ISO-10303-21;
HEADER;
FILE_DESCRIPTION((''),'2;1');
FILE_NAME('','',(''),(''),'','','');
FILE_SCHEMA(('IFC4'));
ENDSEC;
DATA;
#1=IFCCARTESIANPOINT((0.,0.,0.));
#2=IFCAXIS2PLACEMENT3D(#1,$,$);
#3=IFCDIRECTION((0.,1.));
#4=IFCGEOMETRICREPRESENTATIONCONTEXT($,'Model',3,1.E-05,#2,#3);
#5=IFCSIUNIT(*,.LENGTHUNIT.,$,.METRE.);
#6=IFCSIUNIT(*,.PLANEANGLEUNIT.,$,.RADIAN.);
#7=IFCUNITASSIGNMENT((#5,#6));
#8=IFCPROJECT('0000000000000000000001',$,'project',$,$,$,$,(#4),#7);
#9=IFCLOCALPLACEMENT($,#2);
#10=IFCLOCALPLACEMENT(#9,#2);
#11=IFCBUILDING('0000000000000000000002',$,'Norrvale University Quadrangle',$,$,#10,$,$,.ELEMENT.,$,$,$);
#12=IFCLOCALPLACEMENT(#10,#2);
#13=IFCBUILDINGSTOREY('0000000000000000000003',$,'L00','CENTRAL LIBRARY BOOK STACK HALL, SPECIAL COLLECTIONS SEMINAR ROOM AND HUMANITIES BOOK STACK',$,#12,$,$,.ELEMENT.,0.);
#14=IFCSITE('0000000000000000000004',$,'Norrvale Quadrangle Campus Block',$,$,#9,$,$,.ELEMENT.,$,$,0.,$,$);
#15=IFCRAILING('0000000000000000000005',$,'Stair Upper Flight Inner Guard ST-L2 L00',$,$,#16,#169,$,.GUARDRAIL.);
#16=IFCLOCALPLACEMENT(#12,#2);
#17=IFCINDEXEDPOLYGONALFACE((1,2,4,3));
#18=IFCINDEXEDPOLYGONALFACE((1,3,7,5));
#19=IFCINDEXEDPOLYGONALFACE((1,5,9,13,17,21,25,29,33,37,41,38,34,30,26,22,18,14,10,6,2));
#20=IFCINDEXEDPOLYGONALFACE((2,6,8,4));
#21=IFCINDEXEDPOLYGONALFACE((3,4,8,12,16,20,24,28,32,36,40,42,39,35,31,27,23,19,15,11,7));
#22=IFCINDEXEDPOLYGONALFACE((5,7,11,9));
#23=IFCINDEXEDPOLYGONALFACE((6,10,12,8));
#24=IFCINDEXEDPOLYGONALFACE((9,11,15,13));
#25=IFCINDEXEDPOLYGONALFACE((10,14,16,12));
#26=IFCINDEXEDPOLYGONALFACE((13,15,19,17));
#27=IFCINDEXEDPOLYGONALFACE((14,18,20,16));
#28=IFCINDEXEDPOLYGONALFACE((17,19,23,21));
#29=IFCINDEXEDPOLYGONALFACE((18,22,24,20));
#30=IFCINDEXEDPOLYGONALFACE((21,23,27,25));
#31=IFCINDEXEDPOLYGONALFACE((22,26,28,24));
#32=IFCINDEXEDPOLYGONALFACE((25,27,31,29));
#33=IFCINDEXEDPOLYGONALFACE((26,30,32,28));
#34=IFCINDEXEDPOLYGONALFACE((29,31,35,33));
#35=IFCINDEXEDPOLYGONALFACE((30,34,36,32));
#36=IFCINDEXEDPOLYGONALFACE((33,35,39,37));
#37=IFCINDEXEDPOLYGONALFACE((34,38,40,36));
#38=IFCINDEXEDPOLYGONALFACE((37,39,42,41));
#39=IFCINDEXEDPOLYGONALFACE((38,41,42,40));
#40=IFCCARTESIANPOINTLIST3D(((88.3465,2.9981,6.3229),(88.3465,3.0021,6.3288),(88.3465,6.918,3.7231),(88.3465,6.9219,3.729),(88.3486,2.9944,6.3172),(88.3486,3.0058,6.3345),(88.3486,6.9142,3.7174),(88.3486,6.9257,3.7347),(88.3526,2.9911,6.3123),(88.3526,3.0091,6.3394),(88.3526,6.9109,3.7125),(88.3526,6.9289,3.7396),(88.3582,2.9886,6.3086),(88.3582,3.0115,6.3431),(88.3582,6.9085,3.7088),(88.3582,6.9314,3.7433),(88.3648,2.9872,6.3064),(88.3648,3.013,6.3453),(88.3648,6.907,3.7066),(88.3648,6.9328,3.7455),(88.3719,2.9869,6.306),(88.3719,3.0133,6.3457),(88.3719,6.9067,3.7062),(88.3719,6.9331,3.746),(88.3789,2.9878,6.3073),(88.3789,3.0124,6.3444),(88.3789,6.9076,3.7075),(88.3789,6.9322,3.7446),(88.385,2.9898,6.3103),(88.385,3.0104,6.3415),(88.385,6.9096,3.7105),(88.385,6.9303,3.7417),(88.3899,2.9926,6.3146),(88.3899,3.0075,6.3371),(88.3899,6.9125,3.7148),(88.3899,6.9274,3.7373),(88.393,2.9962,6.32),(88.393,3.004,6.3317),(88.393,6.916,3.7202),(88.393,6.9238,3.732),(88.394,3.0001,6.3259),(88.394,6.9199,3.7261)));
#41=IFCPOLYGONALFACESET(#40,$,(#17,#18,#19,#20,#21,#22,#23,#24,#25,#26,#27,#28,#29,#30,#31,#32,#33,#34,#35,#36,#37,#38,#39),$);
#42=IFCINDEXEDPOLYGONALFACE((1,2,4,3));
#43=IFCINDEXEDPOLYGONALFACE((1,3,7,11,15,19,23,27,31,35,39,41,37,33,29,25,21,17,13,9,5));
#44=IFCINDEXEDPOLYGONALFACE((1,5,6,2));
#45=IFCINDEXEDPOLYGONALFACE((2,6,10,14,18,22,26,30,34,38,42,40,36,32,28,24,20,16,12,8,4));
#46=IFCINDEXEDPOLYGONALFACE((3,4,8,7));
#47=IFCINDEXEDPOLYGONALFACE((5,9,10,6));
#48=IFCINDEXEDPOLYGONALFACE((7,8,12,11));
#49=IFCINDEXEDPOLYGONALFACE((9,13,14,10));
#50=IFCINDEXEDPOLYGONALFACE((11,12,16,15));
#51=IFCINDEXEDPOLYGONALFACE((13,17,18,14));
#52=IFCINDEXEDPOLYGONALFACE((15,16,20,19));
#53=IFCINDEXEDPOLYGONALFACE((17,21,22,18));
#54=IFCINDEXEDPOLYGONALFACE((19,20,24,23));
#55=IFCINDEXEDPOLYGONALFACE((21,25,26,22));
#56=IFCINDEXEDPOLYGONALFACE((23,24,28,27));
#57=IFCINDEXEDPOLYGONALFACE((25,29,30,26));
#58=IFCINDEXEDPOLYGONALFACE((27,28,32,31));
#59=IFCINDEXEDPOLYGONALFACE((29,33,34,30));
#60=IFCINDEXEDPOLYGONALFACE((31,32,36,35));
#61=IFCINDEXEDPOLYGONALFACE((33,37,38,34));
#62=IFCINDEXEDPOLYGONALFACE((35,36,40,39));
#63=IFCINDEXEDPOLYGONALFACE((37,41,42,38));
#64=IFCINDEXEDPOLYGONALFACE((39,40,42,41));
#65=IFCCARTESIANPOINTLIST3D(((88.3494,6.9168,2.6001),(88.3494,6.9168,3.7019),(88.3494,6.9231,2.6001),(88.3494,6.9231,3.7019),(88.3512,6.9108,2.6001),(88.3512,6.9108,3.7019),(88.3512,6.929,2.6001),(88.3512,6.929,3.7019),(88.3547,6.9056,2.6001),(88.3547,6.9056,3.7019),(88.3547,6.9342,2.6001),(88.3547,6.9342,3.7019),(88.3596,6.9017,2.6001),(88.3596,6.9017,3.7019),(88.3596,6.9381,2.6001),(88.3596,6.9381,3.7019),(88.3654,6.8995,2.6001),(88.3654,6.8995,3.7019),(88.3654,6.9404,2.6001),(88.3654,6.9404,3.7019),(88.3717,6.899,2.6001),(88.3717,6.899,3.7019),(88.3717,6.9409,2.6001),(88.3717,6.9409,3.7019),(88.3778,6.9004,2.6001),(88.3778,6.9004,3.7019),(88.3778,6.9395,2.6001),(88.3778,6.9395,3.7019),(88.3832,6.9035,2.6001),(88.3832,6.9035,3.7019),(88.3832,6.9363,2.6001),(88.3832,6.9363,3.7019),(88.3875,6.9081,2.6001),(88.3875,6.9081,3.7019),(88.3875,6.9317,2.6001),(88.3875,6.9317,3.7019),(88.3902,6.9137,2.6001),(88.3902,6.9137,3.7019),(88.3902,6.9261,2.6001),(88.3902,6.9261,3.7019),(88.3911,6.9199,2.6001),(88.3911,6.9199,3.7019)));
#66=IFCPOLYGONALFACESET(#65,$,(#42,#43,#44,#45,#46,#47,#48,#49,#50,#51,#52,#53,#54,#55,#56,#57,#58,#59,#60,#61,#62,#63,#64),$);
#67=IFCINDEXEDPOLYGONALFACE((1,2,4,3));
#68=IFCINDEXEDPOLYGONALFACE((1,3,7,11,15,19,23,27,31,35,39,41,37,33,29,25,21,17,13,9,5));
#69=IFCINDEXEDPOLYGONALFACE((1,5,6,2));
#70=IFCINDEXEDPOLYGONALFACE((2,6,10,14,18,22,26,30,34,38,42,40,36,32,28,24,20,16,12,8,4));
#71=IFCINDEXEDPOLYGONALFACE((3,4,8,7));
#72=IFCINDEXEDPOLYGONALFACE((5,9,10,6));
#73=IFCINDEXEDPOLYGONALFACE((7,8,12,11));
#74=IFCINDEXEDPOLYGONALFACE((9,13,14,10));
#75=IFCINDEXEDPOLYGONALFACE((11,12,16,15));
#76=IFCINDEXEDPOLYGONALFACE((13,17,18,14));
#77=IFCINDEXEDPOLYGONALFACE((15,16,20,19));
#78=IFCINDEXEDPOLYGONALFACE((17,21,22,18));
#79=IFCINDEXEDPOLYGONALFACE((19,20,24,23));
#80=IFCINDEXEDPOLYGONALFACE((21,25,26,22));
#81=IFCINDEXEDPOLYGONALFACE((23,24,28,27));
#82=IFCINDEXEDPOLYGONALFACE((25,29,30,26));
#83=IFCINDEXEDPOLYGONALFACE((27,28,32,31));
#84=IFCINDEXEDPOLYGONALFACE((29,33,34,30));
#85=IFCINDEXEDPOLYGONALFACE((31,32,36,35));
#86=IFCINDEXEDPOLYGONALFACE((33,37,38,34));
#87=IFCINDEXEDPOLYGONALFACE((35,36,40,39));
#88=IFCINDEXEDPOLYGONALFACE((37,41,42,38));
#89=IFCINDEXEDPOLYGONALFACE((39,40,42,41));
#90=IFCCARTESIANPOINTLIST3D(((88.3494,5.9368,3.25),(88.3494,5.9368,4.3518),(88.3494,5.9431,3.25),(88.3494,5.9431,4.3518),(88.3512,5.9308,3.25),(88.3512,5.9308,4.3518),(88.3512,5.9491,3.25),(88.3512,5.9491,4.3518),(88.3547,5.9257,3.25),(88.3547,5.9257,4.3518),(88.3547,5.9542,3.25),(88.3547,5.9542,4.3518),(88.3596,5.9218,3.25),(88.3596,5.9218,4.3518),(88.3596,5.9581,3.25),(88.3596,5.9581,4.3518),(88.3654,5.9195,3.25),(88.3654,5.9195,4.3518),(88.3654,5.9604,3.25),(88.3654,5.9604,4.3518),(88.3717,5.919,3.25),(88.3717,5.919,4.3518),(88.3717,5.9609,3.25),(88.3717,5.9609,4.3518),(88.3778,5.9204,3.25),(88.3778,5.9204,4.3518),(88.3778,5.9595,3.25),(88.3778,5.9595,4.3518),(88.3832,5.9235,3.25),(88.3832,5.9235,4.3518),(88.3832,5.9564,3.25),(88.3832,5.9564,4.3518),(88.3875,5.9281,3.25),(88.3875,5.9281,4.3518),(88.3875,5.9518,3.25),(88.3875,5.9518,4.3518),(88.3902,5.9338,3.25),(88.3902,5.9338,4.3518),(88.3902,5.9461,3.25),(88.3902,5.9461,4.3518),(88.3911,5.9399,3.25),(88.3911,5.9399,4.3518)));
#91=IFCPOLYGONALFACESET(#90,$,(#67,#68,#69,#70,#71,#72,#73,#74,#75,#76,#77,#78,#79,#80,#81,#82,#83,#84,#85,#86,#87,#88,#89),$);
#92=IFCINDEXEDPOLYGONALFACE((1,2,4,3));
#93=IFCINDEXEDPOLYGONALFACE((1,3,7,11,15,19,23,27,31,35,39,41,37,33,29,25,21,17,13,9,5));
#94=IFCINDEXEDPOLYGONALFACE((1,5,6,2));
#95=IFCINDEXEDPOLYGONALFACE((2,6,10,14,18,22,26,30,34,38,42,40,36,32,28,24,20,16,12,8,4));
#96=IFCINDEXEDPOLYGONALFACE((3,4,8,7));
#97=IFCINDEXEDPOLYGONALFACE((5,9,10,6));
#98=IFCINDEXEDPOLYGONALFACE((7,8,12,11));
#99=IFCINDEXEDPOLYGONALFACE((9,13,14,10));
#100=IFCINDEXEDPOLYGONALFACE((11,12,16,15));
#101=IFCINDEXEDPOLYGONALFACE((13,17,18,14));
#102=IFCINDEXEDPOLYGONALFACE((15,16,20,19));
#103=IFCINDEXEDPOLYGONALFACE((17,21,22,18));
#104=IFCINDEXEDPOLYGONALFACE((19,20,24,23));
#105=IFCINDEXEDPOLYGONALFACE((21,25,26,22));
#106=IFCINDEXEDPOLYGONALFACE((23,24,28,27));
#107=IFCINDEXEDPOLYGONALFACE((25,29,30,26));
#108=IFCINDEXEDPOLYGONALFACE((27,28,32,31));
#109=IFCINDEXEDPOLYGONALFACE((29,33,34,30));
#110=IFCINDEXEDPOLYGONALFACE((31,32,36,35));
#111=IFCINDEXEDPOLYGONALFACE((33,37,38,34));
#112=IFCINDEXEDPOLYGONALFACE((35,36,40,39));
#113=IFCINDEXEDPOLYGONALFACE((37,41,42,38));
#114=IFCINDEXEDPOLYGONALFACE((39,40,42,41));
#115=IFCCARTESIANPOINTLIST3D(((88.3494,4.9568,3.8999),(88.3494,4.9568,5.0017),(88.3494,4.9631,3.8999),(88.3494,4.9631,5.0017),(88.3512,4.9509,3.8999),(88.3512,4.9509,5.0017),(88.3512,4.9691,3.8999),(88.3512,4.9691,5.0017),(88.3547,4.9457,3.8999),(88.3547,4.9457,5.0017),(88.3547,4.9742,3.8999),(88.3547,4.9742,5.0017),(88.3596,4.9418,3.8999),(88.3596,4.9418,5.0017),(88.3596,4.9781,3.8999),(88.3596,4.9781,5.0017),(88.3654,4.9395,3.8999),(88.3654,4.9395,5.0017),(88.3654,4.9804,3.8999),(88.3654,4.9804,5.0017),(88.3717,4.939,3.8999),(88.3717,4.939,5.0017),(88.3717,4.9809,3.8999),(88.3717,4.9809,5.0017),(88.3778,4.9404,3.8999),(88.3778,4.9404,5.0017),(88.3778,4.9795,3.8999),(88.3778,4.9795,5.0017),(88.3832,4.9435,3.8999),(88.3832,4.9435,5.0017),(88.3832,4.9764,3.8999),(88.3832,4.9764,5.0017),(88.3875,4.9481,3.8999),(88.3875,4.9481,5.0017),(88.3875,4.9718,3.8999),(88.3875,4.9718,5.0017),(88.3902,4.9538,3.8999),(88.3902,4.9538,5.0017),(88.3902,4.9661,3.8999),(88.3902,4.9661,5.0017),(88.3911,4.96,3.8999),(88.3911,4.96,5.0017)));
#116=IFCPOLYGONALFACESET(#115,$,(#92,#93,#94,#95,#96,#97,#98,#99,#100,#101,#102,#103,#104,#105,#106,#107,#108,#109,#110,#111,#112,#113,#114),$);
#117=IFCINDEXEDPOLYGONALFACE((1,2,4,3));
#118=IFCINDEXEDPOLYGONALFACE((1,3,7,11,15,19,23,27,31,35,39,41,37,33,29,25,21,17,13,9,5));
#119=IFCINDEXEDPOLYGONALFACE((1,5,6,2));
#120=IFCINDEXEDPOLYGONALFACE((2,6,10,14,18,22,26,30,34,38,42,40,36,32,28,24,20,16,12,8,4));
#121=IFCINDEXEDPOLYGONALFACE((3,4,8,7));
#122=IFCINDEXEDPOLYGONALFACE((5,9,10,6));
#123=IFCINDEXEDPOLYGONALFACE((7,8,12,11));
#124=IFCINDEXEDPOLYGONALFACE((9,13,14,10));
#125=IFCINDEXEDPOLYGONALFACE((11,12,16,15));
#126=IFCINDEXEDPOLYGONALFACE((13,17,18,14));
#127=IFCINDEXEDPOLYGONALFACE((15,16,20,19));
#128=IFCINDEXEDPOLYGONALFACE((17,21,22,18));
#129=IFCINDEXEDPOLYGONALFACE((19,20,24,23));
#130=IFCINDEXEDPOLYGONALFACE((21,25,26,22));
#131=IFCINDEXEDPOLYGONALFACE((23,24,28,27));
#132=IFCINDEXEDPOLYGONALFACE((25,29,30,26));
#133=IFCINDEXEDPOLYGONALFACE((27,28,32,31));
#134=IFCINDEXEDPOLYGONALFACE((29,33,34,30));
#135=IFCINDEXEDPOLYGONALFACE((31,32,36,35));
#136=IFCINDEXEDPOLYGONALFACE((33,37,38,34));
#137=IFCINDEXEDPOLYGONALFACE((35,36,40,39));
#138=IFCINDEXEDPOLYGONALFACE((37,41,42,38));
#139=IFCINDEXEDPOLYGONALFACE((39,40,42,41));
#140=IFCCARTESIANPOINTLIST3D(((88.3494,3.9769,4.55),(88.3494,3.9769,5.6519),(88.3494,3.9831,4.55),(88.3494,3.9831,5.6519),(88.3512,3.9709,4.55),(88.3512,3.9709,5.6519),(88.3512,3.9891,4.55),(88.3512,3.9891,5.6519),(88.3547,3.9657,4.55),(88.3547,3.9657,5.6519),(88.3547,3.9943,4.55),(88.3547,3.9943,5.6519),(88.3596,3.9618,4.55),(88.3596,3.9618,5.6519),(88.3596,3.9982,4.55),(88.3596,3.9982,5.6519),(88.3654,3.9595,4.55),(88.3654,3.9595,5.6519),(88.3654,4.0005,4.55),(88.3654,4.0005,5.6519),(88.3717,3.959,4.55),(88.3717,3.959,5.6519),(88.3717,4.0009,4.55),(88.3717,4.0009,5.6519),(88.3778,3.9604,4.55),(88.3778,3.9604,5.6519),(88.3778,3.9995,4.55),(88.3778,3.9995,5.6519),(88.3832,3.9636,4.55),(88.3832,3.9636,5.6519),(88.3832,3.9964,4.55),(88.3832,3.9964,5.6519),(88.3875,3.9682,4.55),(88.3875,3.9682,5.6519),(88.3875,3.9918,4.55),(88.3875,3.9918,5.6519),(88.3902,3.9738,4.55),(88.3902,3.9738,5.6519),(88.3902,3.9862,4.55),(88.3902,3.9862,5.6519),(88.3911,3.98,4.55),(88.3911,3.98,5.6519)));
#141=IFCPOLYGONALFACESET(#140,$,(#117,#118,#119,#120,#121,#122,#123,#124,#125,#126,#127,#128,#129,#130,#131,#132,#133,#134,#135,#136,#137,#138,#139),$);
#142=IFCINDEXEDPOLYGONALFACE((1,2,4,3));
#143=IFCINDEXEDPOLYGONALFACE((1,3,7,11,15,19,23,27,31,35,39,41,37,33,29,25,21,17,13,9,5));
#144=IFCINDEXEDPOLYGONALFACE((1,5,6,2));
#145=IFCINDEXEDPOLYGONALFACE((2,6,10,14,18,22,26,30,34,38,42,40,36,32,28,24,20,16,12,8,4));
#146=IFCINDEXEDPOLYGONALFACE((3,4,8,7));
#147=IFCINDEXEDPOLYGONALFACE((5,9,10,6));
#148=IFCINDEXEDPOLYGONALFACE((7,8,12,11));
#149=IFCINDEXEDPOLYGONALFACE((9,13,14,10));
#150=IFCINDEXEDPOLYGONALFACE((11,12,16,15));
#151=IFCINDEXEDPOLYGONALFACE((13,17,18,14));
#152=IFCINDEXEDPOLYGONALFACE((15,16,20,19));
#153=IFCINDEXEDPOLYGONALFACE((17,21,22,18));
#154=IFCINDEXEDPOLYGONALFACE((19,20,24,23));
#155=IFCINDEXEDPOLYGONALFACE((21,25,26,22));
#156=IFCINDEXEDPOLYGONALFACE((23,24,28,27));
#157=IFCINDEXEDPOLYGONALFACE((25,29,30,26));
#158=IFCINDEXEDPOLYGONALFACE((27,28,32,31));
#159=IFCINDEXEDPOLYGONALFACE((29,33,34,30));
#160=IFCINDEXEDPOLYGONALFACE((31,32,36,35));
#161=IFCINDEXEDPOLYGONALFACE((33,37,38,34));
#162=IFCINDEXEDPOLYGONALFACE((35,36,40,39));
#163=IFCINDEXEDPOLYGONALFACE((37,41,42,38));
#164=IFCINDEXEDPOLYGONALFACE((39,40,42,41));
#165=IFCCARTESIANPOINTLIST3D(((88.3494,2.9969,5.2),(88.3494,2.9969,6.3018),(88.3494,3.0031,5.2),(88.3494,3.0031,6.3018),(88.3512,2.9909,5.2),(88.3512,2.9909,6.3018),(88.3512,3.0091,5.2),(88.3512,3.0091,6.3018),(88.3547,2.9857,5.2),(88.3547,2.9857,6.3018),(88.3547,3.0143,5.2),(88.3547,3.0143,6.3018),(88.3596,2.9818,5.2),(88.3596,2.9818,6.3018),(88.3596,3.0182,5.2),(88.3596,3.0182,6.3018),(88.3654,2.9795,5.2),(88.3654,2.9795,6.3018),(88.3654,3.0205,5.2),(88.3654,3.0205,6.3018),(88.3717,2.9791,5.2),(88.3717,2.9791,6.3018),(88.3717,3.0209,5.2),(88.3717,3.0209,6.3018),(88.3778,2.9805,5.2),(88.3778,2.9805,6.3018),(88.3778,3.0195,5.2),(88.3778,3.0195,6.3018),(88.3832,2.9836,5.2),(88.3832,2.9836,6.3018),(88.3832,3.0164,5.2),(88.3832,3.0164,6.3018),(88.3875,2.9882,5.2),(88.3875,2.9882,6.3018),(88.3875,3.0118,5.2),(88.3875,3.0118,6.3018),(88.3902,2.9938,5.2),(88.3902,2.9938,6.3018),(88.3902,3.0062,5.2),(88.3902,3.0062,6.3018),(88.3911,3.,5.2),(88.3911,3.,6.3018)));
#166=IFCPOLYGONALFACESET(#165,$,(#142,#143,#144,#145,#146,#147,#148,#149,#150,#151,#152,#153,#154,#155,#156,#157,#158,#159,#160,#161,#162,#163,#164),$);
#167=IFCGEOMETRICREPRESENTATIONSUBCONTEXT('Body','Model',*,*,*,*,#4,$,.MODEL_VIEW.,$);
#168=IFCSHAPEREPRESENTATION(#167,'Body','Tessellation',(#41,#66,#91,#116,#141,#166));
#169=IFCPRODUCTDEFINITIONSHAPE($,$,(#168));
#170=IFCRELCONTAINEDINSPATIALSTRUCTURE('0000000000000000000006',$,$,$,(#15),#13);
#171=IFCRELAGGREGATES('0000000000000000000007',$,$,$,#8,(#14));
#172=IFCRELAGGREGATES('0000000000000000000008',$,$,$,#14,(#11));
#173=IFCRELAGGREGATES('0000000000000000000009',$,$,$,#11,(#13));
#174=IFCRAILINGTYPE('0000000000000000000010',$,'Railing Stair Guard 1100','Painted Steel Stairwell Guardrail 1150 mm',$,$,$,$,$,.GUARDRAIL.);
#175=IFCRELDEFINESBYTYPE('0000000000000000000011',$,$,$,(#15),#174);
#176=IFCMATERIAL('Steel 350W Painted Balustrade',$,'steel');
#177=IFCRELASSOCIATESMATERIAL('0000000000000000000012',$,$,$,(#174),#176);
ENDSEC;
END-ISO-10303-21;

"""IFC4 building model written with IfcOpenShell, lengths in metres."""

from ifc_helpers import new_model, si_unit, direction, frame, origin, origin_2d, place, context, subcontext, project, spatial, circle, extrude, material, type_object, element, save


model = new_model("IFC4")

# Units and contexts
model_context = context("Model", 3, precision=1e-05, world=origin(), true_north=direction((0.0, 1.0)))
body_context = subcontext(model_context, "Body", "Model", "MODEL_VIEW")
ifc_project = project(units=[si_unit("LENGTHUNIT", "METRE"), si_unit("PLANEANGLEUNIT", "RADIAN")], contexts=[model_context])

# Site, building, storey
site_placement = place(None, origin())
site = spatial("IfcSite", under=ifc_project, at=site_placement, Name="Norrvale Quadrangle Campus Block", CompositionType="ELEMENT", RefElevation=0.0)
building_placement = place(site_placement, origin())
building = spatial("IfcBuilding", under=site, at=building_placement, Name="Norrvale University Quadrangle", CompositionType="ELEMENT")
storey_placement = place(building_placement, origin())
storey = spatial("IfcBuildingStorey", under=building, at=storey_placement, Name="L00", Description="CENTRAL LIBRARY BOOK STACK HALL, SPECIAL COLLECTIONS SEMINAR ROOM AND HUMANITIES BOOK STACK", CompositionType="ELEMENT", Elevation=0.0)

# Railing
ifc_material_1 = material(Name="Steel 350W Painted Balustrade", Category="steel")
railing_type_1 = type_object("IfcRailingType", Name="Railing Stair Guard 1100", Description="Painted Steel Stairwell Guardrail 1150 mm", PredefinedType="GUARDRAIL", material=ifc_material_1)
railing_1_placement = place(storey_placement, frame((88.3701, 6.9199, 2.6001)))
element("IfcRailing", 1, at=railing_1_placement, inside=storey, type_object=railing_type_1, Name="Stair Upper Flight Inner Guard ST-L2 L00", PredefinedType="GUARDRAIL", context=body_context, shape_type="SweptSolid", body=[
    extrude(circle(Radius=0.0239, at=origin_2d()), frame((0.0, 0.0, 1.126), z_axis=(0.0, -0.833366, 0.552722), x_axis=(1.0, 0.0, 0.0)), (0.0, 0.0, 1.0), 4.7036),
    extrude(circle(Radius=0.021, at=origin_2d()), origin(), (0.0, 0.0, 1.0), 1.1018),
    extrude(circle(Radius=0.021, at=origin_2d()), frame((0.0, -0.98, 0.6499)), (0.0, 0.0, 1.0), 1.1018),
    extrude(circle(Radius=0.021, at=origin_2d()), frame((0.0, -1.96, 1.2998)), (0.0, 0.0, 1.0), 1.1018),
    extrude(circle(Radius=0.021, at=origin_2d()), frame((0.0, -2.9399, 1.95)), (0.0, 0.0, 1.0), 1.1018),
    extrude(circle(Radius=0.021, at=origin_2d()), frame((0.0, -3.9199, 2.5999)), (0.0, 0.0, 1.0), 1.1018),
])

save(model, "model.ifc")
